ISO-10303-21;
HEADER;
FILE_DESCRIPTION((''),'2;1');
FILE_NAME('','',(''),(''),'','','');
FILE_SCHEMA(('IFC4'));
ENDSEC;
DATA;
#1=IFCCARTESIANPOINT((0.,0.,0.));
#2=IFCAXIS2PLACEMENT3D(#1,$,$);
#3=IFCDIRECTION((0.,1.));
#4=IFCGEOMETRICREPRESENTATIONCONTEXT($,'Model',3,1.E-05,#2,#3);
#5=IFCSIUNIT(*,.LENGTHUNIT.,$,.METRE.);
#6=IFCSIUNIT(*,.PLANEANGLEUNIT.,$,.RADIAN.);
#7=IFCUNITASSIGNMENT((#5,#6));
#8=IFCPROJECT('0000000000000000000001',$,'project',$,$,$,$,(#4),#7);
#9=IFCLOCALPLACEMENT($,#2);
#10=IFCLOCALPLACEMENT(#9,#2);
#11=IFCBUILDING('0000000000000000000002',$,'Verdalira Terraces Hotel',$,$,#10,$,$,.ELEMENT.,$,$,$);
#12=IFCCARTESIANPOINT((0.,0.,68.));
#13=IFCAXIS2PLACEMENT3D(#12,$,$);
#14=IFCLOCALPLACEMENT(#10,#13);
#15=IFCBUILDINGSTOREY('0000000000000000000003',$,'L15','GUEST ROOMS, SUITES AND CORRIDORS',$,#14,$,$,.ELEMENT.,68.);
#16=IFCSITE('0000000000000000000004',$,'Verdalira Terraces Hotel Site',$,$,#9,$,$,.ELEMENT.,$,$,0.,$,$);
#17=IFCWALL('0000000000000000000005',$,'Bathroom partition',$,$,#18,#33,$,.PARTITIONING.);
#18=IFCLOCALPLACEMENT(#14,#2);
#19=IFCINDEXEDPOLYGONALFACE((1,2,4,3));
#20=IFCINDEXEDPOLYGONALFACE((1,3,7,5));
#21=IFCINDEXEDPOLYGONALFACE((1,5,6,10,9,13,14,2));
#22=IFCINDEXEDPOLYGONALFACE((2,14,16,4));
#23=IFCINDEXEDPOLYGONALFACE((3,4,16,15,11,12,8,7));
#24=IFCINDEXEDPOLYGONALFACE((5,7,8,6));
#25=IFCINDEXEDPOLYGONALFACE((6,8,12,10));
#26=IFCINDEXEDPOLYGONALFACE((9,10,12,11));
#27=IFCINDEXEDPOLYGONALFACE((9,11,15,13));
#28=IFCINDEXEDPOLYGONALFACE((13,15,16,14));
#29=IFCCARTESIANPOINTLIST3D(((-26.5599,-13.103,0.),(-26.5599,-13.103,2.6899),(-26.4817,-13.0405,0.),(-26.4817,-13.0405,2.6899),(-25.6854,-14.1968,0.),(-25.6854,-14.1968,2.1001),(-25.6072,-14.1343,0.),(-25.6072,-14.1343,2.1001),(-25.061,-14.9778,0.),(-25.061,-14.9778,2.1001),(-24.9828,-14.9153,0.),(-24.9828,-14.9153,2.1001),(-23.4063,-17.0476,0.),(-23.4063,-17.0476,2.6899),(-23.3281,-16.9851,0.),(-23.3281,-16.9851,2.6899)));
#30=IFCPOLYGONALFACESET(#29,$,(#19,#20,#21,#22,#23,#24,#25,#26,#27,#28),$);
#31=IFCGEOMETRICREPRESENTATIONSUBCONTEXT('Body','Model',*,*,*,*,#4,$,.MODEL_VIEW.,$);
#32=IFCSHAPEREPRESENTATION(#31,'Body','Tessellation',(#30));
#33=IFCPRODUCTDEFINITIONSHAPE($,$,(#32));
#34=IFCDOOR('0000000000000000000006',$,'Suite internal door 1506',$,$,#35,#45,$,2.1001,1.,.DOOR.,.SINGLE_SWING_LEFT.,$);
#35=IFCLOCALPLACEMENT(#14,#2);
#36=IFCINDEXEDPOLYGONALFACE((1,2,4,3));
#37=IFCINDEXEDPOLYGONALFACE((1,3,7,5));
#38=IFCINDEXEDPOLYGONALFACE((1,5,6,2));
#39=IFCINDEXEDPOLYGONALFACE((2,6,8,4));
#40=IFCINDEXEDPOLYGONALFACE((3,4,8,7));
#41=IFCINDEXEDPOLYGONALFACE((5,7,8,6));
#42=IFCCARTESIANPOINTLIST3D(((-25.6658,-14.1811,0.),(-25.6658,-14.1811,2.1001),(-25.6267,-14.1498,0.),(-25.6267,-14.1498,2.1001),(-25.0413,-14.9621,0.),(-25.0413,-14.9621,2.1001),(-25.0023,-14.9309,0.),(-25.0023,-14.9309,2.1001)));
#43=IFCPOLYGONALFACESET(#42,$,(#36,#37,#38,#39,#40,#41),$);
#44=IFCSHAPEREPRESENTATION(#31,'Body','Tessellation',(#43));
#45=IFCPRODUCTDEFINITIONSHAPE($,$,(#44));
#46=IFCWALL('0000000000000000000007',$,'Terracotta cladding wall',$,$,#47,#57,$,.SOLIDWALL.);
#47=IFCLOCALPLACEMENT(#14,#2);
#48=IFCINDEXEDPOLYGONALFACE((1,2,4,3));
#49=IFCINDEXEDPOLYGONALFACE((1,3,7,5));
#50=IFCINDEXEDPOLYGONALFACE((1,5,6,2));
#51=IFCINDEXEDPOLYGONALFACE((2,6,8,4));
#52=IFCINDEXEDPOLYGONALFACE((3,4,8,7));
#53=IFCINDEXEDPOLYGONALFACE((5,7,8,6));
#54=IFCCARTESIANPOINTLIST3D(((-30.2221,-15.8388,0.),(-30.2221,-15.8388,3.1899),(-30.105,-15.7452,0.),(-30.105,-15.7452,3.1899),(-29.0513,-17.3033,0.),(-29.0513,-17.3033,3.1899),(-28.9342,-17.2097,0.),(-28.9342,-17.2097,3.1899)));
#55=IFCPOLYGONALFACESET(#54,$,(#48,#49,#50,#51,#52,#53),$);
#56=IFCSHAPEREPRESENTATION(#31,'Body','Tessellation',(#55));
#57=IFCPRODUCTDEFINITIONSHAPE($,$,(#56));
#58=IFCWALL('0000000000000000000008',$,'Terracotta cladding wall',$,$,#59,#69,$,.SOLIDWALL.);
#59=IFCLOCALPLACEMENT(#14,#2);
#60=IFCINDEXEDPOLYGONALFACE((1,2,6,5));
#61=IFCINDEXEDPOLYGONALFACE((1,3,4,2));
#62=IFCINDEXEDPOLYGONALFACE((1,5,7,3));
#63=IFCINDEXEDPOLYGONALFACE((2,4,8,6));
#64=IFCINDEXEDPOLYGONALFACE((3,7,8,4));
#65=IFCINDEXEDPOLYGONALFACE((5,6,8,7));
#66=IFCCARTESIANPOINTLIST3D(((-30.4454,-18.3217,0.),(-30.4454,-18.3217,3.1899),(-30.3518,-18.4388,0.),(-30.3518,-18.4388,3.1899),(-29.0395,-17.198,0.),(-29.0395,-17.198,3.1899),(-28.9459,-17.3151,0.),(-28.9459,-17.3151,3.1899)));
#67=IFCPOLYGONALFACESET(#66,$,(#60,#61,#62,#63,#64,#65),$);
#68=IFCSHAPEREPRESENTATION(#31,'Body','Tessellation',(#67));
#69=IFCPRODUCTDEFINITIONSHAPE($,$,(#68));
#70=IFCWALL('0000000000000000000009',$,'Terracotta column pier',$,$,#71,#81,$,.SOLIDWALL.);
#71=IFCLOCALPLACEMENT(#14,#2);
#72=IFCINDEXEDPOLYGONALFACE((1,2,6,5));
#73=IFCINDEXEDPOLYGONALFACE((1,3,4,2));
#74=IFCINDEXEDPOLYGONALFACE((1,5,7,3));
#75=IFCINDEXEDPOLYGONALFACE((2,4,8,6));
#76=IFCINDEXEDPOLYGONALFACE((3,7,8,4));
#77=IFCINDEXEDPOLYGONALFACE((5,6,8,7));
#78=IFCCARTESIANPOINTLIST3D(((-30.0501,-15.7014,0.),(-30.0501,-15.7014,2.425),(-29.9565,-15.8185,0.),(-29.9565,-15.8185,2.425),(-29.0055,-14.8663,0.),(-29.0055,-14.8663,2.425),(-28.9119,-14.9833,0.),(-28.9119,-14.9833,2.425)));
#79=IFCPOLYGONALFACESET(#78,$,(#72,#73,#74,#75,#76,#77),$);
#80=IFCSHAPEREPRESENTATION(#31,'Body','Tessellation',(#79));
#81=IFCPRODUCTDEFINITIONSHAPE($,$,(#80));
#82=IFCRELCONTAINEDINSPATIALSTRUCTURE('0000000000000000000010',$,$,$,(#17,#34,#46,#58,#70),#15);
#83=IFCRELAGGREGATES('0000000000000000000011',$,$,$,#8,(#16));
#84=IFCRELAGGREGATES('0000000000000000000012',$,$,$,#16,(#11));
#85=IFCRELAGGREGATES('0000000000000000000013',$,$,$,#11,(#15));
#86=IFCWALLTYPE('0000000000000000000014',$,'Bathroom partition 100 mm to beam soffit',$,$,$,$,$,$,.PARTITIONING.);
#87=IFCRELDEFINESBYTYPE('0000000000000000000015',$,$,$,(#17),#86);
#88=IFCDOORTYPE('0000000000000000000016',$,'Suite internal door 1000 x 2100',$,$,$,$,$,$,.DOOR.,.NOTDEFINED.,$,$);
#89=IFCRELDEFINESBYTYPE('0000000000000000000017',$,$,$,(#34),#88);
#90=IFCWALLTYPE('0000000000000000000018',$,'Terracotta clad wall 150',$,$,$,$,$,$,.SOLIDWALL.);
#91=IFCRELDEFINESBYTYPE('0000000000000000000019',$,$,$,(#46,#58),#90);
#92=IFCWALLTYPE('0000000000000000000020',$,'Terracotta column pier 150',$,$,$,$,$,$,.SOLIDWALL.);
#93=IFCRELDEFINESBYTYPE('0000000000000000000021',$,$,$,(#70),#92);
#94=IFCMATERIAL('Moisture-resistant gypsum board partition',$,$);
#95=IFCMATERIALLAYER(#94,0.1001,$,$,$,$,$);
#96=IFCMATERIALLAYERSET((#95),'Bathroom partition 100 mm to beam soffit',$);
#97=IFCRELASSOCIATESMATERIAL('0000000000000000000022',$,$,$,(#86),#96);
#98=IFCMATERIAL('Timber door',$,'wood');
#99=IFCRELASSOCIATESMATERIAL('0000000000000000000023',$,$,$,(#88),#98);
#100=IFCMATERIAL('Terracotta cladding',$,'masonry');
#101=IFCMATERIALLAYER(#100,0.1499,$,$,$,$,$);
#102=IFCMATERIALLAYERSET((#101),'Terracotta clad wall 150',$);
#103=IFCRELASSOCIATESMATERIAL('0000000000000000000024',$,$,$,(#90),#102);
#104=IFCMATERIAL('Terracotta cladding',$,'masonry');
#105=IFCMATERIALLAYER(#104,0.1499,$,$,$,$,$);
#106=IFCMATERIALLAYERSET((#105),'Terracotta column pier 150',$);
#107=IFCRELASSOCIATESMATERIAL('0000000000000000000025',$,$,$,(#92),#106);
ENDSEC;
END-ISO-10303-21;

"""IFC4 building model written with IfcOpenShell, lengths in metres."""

from ifc_helpers import new_model, si_unit, direction, frame, frame_2d, origin, place, context, subcontext, project, spatial, rectangle, extrude, material, layer, layer_set, type_object, element, fill, save


model = new_model("IFC4")

# Units and contexts
model_context = context("Model", 3, precision=1e-05, world=origin(), true_north=direction((0.0, 1.0)))
body_context = subcontext(model_context, "Body", "Model", "MODEL_VIEW")
ifc_project = project(units=[si_unit("LENGTHUNIT", "METRE"), si_unit("PLANEANGLEUNIT", "RADIAN")], contexts=[model_context])

# Site, building, storey
site_placement = place(None, origin())
site = spatial("IfcSite", under=ifc_project, at=site_placement, Name="Verdalira Terraces Hotel Site", CompositionType="ELEMENT", RefElevation=0.0)
building_placement = place(site_placement, origin())
building = spatial("IfcBuilding", under=site, at=building_placement, Name="Verdalira Terraces Hotel", CompositionType="ELEMENT")
storey_placement = place(building_placement, frame((0.0, 0.0, 68.0)))
storey = spatial("IfcBuildingStorey", under=building, at=storey_placement, Name="L15", Description="GUEST ROOMS, SUITES AND CORRIDORS", CompositionType="ELEMENT", Elevation=68.0)

# Wall, opening, door
ifc_material_1 = material(Name="Moisture-resistant gypsum board partition")
ifc_layer_1 = layer(ifc_material_1, 0.1001)
ifc_layer_set_1 = layer_set([ifc_layer_1], Name="Bathroom partition 100 mm to beam soffit")
wall_type_1 = type_object("IfcWallType", Name="Bathroom partition 100 mm to beam soffit", PredefinedType="PARTITIONING", material=ifc_layer_set_1)
wall_1_placement = place(storey_placement, frame((-23.3672, -17.0164, 0.0), z_axis=(0.0, 0.0, 1.0), x_axis=(-0.624442, 0.781072, 0.0)))
wall_1 = element("IfcWall", 1, at=wall_1_placement, inside=storey, type_object=wall_type_1, Name="Bathroom partition", PredefinedType="PARTITIONING", context=body_context, shape_type="SweptSolid", body=[
    extrude(rectangle(XDim=5.0503, YDim=0.1001, at=frame_2d((2.5251, 0.0))), origin(), (0.0, 0.0, 1.0), 2.6899),
])
opening_1_placement = place(wall_1_placement, frame((2.6499, 0.0, 0.0)))
opening_1 = element("IfcOpeningElement", 2, at=opening_1_placement, cuts=wall_1, PredefinedType="OPENING", context=body_context, shape_type="SweptSolid", body=[
    extrude(rectangle(XDim=1.0, YDim=2.1001, at=frame_2d((0.5, 1.05))), frame((0.0, 0.0601, 0.0), z_axis=(0.0, -1.0, 0.0), x_axis=(1.0, 0.0, 0.0)), (0.0, 0.0, 1.0), 0.1201),
])
ifc_material_2 = material(Name="Timber door", Category="wood")
door_type_1 = type_object("IfcDoorType", Name="Suite internal door 1000 x 2100", OperationType="NOTDEFINED", PredefinedType="DOOR", material=ifc_material_2)
door_1_placement = place(opening_1_placement, origin())
door_1 = element("IfcDoor", 3, at=door_1_placement, inside=storey, type_object=door_type_1, Name="Suite internal door 1506", OperationType="SINGLE_SWING_LEFT", OverallHeight=2.1001, OverallWidth=1.0, PredefinedType="DOOR", context=body_context, shape_type="SweptSolid", body=[
    extrude(rectangle(XDim=1.0, YDim=2.1001, at=frame_2d((0.5, 1.05))), frame((0.0, 0.0249, 0.0), z_axis=(0.0, -1.0, 0.0), x_axis=(1.0, 0.0, 0.0)), (0.0, 0.0, 1.0), 0.05),
])
fill(opening_1, door_1)

# Walls
ifc_material_3 = material(Name="Terracotta cladding", Category="masonry")
ifc_layer_2 = layer(ifc_material_3, 0.1499)
ifc_layer_set_2 = layer_set([ifc_layer_2], Name="Terracotta clad wall 150")
wall_type_2 = type_object("IfcWallType", Name="Terracotta clad wall 150", PredefinedType="SOLIDWALL", material=ifc_layer_set_2)
wall_2_placement = place(storey_placement, frame((-30.1636, -15.792, 0.0), z_axis=(0.0, 0.0, 1.0), x_axis=(0.624441, -0.781072, 0.0)))
element("IfcWall", 4, at=wall_2_placement, inside=storey, type_object=wall_type_2, Name="Terracotta cladding wall", PredefinedType="SOLIDWALL", context=body_context, shape_type="SweptSolid", body=[
    extrude(rectangle(XDim=1.875, YDim=0.1499, at=frame_2d((0.9375, 0.0))), origin(), (0.0, 0.0, 1.0), 3.1899),
])
wall_3_placement = place(storey_placement, frame((-28.9927, -17.2566, 0.0), z_axis=(0.0, 0.0, 1.0), x_axis=(-0.781147, -0.624348, 0.0)))
element("IfcWall", 5, at=wall_3_placement, inside=storey, type_object=wall_type_2, Name="Terracotta cladding wall", PredefinedType="SOLIDWALL", context=body_context, shape_type="SweptSolid", body=[
    extrude(rectangle(XDim=1.7998, YDim=0.1499, at=frame_2d((0.8999, 0.0))), origin(), (0.0, 0.0, 1.0), 3.1899),
])
ifc_material_4 = material(Name="Terracotta cladding", Category="masonry")
ifc_layer_3 = layer(ifc_material_4, 0.1499)
ifc_layer_set_3 = layer_set([ifc_layer_3], Name="Terracotta column pier 150")
wall_type_3 = type_object("IfcWallType", Name="Terracotta column pier 150", PredefinedType="SOLIDWALL", material=ifc_layer_set_3)
wall_4_placement = place(storey_placement, frame((-28.9587, -14.9248, 0.0), z_axis=(0.0, 0.0, 1.0), x_axis=(-0.781065, -0.62445, 0.0)))
element("IfcWall", 6, at=wall_4_placement, inside=storey, type_object=wall_type_3, Name="Terracotta column pier", PredefinedType="SOLIDWALL", context=body_context, shape_type="SweptSolid", body=[
    extrude(rectangle(XDim=1.3374, YDim=0.1499, at=frame_2d((0.6687, 0.0))), origin(), (0.0, 0.0, 1.0), 2.425),
])

save(model, "model.ifc")
